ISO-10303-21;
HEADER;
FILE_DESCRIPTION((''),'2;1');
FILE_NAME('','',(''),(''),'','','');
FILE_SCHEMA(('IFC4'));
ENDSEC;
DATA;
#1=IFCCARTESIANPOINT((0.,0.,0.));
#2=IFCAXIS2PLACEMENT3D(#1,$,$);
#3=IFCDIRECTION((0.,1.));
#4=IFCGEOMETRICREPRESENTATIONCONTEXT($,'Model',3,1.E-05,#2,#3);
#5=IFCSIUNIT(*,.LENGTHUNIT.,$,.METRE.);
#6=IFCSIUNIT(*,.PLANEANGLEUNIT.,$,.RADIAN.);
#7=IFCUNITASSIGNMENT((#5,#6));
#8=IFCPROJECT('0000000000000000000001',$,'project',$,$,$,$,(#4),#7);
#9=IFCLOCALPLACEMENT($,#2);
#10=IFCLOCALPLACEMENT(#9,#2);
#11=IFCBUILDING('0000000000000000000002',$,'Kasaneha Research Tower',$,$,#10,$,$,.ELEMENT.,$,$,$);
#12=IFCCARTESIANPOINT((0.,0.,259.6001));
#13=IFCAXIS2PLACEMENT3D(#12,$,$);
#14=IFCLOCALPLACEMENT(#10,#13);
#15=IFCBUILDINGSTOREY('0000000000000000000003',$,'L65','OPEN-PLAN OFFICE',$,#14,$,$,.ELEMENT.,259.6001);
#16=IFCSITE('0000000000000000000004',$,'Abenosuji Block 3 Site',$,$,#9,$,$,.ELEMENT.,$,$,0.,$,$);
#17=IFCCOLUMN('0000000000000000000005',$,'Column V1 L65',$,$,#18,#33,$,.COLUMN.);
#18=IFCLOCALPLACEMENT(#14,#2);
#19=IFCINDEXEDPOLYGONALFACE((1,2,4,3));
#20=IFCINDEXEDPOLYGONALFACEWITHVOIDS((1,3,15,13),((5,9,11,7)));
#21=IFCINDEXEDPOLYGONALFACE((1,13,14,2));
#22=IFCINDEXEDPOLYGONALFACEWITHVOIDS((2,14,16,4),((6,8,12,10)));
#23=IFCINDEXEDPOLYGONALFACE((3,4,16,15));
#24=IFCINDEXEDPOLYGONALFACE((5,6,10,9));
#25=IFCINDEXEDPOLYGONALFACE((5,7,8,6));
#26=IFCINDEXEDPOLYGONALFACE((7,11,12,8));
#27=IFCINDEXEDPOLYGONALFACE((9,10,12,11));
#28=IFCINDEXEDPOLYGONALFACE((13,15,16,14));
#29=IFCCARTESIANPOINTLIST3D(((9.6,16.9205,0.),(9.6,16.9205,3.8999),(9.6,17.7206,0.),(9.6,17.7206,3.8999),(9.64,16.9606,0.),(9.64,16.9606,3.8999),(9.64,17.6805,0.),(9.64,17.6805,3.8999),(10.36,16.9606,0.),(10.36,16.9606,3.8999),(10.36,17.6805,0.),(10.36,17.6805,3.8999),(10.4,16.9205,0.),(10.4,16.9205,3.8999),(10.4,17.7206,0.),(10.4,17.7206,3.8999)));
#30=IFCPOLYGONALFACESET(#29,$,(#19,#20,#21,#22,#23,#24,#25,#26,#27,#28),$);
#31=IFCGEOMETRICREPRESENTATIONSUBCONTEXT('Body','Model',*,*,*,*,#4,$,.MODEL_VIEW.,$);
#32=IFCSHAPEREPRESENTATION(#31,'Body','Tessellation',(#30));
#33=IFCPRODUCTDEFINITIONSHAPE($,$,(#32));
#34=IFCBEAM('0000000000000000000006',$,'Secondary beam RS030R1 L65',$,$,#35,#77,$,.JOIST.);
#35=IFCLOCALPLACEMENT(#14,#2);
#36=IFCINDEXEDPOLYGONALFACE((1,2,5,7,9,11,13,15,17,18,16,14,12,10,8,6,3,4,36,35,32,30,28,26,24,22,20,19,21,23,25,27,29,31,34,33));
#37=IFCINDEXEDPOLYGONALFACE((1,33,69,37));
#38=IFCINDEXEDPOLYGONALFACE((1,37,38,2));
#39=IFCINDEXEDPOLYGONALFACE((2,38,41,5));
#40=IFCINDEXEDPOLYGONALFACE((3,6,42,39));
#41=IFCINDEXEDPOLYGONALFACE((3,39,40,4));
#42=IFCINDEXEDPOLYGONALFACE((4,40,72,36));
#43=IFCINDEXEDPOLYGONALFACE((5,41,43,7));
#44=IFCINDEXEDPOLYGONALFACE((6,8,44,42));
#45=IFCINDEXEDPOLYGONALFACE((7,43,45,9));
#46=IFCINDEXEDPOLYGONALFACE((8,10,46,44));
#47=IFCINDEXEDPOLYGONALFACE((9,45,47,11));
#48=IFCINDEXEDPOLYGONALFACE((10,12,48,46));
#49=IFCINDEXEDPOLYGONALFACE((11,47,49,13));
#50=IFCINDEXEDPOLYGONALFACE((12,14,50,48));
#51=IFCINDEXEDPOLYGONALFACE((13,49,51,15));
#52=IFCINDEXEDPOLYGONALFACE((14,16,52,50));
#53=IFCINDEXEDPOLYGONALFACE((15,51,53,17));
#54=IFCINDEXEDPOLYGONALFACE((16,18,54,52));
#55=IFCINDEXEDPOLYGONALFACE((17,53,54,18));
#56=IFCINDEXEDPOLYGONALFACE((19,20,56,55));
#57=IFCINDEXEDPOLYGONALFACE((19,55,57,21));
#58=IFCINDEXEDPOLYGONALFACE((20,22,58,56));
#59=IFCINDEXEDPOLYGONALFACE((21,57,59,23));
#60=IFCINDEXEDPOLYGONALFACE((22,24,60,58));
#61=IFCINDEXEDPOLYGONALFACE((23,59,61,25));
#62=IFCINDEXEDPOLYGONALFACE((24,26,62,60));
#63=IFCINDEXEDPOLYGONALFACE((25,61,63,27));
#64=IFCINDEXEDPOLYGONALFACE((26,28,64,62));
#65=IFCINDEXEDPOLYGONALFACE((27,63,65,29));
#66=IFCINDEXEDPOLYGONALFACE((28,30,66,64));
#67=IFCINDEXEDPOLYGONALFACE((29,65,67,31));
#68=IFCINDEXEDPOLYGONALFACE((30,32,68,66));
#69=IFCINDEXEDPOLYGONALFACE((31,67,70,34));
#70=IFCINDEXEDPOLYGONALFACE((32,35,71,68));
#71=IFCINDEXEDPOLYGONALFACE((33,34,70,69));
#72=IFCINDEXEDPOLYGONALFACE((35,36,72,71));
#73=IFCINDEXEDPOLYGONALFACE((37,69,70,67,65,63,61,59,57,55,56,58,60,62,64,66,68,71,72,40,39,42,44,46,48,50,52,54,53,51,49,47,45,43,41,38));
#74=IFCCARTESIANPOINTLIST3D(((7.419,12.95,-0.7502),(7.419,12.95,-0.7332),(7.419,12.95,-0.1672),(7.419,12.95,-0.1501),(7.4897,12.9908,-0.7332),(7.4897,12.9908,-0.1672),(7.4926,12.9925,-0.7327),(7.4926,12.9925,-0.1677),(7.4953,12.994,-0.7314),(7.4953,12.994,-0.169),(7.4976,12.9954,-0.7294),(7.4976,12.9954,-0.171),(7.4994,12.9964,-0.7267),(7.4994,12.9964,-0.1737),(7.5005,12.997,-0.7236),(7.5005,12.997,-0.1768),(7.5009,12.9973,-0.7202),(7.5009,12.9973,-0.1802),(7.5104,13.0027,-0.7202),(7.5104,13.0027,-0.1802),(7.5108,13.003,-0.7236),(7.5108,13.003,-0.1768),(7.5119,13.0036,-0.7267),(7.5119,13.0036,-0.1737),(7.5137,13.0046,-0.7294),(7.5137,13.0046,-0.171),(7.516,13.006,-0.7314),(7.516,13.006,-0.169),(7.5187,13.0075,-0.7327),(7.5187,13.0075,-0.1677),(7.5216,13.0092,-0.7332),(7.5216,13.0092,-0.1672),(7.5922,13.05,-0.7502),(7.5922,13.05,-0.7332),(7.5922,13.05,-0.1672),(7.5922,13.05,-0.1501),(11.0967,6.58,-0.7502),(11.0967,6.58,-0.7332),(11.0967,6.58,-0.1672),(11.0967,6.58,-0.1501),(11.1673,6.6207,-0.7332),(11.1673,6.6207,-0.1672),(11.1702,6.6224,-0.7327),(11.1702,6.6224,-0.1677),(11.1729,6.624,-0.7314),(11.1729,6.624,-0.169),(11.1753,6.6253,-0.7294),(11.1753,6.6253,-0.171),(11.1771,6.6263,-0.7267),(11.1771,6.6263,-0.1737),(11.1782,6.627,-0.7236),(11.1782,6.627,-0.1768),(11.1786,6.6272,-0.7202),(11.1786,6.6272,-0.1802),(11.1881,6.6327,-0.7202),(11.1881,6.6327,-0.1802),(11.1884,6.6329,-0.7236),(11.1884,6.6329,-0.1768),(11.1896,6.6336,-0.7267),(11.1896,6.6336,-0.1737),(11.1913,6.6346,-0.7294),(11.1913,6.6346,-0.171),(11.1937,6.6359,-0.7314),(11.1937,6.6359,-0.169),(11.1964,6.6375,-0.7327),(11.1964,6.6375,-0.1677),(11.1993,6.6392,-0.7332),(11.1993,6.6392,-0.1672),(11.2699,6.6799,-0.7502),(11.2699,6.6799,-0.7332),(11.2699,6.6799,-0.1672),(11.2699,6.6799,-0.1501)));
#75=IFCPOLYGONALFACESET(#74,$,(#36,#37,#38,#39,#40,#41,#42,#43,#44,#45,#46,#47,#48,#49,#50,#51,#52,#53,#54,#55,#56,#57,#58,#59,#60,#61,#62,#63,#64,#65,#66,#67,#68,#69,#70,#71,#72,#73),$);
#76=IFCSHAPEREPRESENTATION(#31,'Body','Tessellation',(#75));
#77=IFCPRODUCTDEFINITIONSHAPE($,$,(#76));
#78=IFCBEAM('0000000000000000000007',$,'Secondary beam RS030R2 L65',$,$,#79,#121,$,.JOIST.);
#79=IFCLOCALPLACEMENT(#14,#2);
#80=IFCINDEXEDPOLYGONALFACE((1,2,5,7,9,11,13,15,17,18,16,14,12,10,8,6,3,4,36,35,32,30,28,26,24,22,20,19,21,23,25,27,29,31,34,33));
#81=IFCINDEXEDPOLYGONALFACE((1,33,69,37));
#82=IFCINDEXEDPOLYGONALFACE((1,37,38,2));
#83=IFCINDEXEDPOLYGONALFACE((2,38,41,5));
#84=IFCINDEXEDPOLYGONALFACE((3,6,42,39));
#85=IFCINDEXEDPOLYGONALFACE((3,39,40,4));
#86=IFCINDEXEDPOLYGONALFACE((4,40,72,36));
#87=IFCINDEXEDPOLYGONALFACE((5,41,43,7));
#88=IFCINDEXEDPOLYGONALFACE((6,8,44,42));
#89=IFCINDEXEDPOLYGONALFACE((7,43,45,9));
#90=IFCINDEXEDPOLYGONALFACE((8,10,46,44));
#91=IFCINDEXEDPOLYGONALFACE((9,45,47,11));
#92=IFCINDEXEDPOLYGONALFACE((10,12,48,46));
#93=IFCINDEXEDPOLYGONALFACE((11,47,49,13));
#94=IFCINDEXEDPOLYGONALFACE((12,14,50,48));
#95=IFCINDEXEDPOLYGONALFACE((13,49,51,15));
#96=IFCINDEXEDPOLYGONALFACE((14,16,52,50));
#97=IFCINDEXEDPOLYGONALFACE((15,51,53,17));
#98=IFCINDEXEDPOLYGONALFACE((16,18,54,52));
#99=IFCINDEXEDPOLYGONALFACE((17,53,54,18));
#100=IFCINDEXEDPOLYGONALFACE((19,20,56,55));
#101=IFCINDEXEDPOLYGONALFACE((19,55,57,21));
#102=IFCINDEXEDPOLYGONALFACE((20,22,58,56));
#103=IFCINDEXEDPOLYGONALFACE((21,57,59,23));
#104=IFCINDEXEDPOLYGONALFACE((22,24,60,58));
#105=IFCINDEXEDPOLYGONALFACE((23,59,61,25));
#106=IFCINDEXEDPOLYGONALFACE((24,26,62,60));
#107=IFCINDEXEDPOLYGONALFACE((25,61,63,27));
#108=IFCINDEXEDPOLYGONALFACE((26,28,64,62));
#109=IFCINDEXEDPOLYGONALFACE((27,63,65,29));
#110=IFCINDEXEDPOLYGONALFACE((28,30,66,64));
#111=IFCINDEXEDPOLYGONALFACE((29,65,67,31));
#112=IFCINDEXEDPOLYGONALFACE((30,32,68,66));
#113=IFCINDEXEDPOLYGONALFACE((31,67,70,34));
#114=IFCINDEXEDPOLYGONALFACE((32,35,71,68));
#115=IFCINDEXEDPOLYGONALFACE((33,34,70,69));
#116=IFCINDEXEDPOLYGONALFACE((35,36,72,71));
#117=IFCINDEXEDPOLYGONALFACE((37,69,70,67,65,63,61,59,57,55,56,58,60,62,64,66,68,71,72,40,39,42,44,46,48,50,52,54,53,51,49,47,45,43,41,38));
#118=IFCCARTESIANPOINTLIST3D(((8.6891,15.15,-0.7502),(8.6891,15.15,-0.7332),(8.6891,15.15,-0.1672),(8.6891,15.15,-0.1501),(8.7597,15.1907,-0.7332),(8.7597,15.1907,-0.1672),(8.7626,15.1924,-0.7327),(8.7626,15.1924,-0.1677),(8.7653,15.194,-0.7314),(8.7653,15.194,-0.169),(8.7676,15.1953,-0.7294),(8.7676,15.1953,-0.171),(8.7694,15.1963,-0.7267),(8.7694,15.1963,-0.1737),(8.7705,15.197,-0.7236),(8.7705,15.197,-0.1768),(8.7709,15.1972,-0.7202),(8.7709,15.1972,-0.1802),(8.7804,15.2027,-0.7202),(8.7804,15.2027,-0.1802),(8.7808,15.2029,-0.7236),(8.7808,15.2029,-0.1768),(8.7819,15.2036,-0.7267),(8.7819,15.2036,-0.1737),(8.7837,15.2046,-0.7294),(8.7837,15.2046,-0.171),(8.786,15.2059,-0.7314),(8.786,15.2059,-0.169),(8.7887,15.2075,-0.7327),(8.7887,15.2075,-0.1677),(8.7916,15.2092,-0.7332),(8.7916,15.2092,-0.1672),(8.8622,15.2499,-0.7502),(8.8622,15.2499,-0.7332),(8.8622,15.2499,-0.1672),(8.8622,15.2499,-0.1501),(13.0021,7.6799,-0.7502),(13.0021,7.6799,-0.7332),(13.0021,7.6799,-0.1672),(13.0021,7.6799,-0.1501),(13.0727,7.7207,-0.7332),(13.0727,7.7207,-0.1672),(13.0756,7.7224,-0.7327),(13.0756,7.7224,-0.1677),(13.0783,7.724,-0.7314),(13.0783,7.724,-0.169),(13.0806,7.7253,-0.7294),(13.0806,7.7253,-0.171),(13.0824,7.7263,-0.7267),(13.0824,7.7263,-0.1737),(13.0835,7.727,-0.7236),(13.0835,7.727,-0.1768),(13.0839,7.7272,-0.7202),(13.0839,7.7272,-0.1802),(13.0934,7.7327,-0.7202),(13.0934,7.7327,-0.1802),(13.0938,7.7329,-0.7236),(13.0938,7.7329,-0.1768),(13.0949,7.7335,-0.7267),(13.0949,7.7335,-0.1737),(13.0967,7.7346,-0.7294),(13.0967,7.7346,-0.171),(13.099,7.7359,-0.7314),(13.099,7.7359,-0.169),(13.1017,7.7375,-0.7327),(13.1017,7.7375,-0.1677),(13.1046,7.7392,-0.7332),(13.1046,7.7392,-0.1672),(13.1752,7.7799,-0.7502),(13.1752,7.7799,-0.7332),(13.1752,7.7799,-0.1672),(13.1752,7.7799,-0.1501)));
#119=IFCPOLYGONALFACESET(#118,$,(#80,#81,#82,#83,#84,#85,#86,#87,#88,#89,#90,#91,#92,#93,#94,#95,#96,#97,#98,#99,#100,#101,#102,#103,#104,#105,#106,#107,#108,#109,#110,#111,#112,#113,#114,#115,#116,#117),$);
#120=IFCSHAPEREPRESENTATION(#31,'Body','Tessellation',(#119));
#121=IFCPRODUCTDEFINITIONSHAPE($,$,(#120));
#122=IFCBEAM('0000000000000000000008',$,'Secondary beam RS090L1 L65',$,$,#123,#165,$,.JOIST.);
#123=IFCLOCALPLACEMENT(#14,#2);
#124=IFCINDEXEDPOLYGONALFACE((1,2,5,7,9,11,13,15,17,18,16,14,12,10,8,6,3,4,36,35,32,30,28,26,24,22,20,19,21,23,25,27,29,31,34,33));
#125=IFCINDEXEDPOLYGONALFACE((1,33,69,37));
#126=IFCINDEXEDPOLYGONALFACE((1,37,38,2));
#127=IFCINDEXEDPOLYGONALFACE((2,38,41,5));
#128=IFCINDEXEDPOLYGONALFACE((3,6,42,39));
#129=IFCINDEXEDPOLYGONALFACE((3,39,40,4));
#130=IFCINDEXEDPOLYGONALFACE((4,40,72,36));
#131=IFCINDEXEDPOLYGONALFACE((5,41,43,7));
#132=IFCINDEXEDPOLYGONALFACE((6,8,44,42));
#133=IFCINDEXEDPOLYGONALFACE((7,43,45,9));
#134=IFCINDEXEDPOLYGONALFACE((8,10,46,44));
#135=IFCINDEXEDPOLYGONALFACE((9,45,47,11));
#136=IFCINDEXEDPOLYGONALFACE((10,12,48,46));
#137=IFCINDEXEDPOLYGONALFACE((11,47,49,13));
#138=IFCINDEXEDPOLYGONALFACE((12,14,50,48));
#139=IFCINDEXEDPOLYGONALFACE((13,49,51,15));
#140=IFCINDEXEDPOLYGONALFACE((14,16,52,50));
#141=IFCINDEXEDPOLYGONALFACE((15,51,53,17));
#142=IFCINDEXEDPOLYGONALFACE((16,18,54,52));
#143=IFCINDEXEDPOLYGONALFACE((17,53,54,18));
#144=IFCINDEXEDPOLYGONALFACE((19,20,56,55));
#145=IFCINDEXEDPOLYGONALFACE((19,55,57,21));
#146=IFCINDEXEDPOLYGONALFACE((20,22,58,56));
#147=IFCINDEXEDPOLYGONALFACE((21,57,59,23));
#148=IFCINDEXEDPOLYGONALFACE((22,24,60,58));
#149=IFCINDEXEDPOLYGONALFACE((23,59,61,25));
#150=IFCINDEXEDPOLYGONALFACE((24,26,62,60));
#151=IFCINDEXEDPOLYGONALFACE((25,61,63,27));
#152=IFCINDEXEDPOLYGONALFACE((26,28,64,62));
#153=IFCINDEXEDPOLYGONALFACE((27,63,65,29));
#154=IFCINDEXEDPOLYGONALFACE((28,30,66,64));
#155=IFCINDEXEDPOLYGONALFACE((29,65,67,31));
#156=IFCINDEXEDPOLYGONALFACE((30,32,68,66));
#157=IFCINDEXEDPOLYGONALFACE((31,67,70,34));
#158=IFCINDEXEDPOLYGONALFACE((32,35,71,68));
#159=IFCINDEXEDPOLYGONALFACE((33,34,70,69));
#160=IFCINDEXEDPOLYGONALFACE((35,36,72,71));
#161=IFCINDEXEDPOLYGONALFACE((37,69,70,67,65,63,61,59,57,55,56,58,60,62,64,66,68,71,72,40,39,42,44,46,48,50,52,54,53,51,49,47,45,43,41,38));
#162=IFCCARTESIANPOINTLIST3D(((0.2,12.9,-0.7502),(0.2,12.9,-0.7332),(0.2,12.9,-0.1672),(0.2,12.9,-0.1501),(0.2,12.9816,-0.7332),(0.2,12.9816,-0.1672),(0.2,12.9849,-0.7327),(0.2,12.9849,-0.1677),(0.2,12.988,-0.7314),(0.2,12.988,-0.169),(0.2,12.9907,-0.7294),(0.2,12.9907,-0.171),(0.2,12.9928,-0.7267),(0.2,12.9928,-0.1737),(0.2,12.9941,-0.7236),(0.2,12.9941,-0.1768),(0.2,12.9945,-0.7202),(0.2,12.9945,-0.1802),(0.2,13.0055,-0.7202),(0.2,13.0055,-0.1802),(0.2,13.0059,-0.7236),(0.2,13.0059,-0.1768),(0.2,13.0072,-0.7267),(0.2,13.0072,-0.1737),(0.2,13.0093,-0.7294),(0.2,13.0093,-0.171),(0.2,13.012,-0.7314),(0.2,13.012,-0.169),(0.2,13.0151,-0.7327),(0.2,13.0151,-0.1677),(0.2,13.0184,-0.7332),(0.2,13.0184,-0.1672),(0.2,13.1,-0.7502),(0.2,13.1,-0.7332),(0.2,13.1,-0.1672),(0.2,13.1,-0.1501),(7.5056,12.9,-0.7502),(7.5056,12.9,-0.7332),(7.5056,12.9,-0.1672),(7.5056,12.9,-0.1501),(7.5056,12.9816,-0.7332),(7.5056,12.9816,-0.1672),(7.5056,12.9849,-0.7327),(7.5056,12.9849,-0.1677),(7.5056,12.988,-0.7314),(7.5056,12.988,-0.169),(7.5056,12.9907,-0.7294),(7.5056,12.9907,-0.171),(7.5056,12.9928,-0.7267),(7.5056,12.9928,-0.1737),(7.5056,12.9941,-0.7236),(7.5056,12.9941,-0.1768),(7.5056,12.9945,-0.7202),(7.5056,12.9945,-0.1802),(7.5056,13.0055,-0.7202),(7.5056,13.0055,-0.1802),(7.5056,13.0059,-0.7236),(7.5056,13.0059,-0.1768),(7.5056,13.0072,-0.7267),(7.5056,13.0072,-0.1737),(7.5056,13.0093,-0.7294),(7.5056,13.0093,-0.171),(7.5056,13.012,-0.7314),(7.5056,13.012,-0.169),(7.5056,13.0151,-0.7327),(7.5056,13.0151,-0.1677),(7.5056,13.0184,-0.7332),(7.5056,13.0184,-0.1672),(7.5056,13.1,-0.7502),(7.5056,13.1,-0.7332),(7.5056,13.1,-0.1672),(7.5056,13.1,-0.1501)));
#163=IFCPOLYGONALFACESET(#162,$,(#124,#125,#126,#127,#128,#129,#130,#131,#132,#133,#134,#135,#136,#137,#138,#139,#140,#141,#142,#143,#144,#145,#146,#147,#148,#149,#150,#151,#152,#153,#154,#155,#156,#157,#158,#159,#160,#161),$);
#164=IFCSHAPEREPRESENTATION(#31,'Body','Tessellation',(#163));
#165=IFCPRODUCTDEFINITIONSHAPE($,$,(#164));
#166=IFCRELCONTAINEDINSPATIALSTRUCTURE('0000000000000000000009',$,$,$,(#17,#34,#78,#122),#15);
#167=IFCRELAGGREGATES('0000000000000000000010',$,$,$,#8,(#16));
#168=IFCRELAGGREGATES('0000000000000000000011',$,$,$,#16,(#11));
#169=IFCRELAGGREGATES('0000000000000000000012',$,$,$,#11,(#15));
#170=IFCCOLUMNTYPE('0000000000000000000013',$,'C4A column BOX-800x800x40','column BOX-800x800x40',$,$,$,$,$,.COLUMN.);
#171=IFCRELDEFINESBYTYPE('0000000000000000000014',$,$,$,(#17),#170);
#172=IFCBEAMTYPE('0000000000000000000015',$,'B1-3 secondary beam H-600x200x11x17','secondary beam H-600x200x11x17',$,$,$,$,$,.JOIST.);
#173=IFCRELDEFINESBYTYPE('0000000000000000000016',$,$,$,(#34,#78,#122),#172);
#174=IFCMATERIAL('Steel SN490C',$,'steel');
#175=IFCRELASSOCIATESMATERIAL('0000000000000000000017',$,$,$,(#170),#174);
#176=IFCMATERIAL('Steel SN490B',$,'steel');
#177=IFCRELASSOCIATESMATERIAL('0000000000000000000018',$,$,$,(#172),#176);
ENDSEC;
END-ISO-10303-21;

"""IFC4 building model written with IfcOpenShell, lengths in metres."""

from ifc_helpers import new_model, si_unit, direction, frame, origin, origin_2d, place, context, subcontext, project, spatial, hollow_rectangle, i_section, extrude, material, material_profile, profile_set, type_object, element, save


model = new_model("IFC4")

# Units and contexts
model_context = context("Model", 3, precision=1e-05, world=origin(), true_north=direction((0.0, 1.0)))
body_context = subcontext(model_context, "Body", "Model", "MODEL_VIEW")
ifc_project = project(units=[si_unit("LENGTHUNIT", "METRE"), si_unit("PLANEANGLEUNIT", "RADIAN")], contexts=[model_context])

# Site, building, storey
site_placement = place(None, origin())
site = spatial("IfcSite", under=ifc_project, at=site_placement, Name="Abenosuji Block 3 Site", CompositionType="ELEMENT", RefElevation=0.0)
building_placement = place(site_placement, origin())
building = spatial("IfcBuilding", under=site, at=building_placement, Name="Kasaneha Research Tower", CompositionType="ELEMENT")
storey_placement = place(building_placement, frame((0.0, 0.0, 259.6001)))
storey = spatial("IfcBuildingStorey", under=building, at=storey_placement, Name="L65", Description="OPEN-PLAN OFFICE", CompositionType="ELEMENT", Elevation=259.6001)

# Column
ifc_material_1 = material(Name="Steel SN490C", Category="steel")
ifc_material_profile_1 = material_profile(ifc_material_1, hollow_rectangle(XDim=0.8, YDim=0.8, WallThickness=0.04, at=origin_2d()), Name="BOX-800x800x40")
ifc_profile_set_1 = profile_set([ifc_material_profile_1], Name="Steel SN490C")
column_type = type_object("IfcColumnType", Name="C4A column BOX-800x800x40", Description="column BOX-800x800x40", PredefinedType="COLUMN", material=ifc_profile_set_1)
column_placement = place(storey_placement, frame((10.0, 17.3206, 0.0), z_axis=(0.0, 0.0, 1.0), x_axis=(1.0, 0.0, 0.0)))
element("IfcColumn", 1, at=column_placement, inside=storey, type_object=column_type, Name="Column V1 L65", PredefinedType="COLUMN", context=body_context, shape_type="SweptSolid", body=[
    extrude(hollow_rectangle(XDim=0.8, YDim=0.8, WallThickness=0.04, at=origin_2d()), origin(), (0.0, 0.0, 1.0), 3.8999),
])

# Beams
ifc_material_2 = material(Name="Steel SN490B", Category="steel")
ifc_material_profile_2 = material_profile(ifc_material_2, i_section(OverallWidth=0.2, OverallDepth=0.6001, WebThickness=0.011, FlangeThickness=0.0171, FilletRadius=0.0129, at=origin_2d()), Name="H-600x200x11x17")
ifc_profile_set_2 = profile_set([ifc_material_profile_2], Name="Steel SN490B")
beam_type_1 = type_object("IfcBeamType", Name="B1-3 secondary beam H-600x200x11x17", Description="secondary beam H-600x200x11x17", PredefinedType="JOIST", material=ifc_profile_set_2)
beam_1_placement = place(storey_placement, frame((7.5056, 13.0, -0.4502), z_axis=(0.499994, -0.866029, 0.0), x_axis=(0.866029, 0.499994, 0.0)))
element("IfcBeam", 2, at=beam_1_placement, inside=storey, type_object=beam_type_1, Name="Secondary beam RS030R1 L65", PredefinedType="JOIST", context=body_context, shape_type="SweptSolid", body=[
    extrude(i_section(OverallWidth=0.2, OverallDepth=0.6001, WebThickness=0.011, FlangeThickness=0.0171, FilletRadius=0.0129, at=origin_2d()), origin(), (0.0, 0.0, 1.0), 7.3555),
])
beam_2_placement = place(storey_placement, frame((8.7756, 15.2, -0.4502), z_axis=(0.500017, -0.866015, 0.0), x_axis=(0.866015, 0.500017, 0.0)))
element("IfcBeam", 3, at=beam_2_placement, inside=storey, type_object=beam_type_1, Name="Secondary beam RS030R2 L65", PredefinedType="JOIST", context=body_context, shape_type="SweptSolid", body=[
    extrude(i_section(OverallWidth=0.2, OverallDepth=0.6001, WebThickness=0.011, FlangeThickness=0.0171, FilletRadius=0.0129, at=origin_2d()), origin(), (0.0, 0.0, 1.0), 8.6257),
])
beam_3_placement = place(storey_placement, frame((7.5056, 13.0, -0.4502), z_axis=(-1.0, 0.0, 0.0), x_axis=(0.0, -1.0, 0.0)))
element("IfcBeam", 4, at=beam_3_placement, inside=storey, type_object=beam_type_1, Name="Secondary beam RS090L1 L65", PredefinedType="JOIST", context=body_context, shape_type="SweptSolid", body=[
    extrude(i_section(OverallWidth=0.2, OverallDepth=0.6001, WebThickness=0.011, FlangeThickness=0.0171, FilletRadius=0.0129, at=origin_2d()), origin(), (0.0, 0.0, 1.0), 7.3057),
])

save(model, "model.ifc")
